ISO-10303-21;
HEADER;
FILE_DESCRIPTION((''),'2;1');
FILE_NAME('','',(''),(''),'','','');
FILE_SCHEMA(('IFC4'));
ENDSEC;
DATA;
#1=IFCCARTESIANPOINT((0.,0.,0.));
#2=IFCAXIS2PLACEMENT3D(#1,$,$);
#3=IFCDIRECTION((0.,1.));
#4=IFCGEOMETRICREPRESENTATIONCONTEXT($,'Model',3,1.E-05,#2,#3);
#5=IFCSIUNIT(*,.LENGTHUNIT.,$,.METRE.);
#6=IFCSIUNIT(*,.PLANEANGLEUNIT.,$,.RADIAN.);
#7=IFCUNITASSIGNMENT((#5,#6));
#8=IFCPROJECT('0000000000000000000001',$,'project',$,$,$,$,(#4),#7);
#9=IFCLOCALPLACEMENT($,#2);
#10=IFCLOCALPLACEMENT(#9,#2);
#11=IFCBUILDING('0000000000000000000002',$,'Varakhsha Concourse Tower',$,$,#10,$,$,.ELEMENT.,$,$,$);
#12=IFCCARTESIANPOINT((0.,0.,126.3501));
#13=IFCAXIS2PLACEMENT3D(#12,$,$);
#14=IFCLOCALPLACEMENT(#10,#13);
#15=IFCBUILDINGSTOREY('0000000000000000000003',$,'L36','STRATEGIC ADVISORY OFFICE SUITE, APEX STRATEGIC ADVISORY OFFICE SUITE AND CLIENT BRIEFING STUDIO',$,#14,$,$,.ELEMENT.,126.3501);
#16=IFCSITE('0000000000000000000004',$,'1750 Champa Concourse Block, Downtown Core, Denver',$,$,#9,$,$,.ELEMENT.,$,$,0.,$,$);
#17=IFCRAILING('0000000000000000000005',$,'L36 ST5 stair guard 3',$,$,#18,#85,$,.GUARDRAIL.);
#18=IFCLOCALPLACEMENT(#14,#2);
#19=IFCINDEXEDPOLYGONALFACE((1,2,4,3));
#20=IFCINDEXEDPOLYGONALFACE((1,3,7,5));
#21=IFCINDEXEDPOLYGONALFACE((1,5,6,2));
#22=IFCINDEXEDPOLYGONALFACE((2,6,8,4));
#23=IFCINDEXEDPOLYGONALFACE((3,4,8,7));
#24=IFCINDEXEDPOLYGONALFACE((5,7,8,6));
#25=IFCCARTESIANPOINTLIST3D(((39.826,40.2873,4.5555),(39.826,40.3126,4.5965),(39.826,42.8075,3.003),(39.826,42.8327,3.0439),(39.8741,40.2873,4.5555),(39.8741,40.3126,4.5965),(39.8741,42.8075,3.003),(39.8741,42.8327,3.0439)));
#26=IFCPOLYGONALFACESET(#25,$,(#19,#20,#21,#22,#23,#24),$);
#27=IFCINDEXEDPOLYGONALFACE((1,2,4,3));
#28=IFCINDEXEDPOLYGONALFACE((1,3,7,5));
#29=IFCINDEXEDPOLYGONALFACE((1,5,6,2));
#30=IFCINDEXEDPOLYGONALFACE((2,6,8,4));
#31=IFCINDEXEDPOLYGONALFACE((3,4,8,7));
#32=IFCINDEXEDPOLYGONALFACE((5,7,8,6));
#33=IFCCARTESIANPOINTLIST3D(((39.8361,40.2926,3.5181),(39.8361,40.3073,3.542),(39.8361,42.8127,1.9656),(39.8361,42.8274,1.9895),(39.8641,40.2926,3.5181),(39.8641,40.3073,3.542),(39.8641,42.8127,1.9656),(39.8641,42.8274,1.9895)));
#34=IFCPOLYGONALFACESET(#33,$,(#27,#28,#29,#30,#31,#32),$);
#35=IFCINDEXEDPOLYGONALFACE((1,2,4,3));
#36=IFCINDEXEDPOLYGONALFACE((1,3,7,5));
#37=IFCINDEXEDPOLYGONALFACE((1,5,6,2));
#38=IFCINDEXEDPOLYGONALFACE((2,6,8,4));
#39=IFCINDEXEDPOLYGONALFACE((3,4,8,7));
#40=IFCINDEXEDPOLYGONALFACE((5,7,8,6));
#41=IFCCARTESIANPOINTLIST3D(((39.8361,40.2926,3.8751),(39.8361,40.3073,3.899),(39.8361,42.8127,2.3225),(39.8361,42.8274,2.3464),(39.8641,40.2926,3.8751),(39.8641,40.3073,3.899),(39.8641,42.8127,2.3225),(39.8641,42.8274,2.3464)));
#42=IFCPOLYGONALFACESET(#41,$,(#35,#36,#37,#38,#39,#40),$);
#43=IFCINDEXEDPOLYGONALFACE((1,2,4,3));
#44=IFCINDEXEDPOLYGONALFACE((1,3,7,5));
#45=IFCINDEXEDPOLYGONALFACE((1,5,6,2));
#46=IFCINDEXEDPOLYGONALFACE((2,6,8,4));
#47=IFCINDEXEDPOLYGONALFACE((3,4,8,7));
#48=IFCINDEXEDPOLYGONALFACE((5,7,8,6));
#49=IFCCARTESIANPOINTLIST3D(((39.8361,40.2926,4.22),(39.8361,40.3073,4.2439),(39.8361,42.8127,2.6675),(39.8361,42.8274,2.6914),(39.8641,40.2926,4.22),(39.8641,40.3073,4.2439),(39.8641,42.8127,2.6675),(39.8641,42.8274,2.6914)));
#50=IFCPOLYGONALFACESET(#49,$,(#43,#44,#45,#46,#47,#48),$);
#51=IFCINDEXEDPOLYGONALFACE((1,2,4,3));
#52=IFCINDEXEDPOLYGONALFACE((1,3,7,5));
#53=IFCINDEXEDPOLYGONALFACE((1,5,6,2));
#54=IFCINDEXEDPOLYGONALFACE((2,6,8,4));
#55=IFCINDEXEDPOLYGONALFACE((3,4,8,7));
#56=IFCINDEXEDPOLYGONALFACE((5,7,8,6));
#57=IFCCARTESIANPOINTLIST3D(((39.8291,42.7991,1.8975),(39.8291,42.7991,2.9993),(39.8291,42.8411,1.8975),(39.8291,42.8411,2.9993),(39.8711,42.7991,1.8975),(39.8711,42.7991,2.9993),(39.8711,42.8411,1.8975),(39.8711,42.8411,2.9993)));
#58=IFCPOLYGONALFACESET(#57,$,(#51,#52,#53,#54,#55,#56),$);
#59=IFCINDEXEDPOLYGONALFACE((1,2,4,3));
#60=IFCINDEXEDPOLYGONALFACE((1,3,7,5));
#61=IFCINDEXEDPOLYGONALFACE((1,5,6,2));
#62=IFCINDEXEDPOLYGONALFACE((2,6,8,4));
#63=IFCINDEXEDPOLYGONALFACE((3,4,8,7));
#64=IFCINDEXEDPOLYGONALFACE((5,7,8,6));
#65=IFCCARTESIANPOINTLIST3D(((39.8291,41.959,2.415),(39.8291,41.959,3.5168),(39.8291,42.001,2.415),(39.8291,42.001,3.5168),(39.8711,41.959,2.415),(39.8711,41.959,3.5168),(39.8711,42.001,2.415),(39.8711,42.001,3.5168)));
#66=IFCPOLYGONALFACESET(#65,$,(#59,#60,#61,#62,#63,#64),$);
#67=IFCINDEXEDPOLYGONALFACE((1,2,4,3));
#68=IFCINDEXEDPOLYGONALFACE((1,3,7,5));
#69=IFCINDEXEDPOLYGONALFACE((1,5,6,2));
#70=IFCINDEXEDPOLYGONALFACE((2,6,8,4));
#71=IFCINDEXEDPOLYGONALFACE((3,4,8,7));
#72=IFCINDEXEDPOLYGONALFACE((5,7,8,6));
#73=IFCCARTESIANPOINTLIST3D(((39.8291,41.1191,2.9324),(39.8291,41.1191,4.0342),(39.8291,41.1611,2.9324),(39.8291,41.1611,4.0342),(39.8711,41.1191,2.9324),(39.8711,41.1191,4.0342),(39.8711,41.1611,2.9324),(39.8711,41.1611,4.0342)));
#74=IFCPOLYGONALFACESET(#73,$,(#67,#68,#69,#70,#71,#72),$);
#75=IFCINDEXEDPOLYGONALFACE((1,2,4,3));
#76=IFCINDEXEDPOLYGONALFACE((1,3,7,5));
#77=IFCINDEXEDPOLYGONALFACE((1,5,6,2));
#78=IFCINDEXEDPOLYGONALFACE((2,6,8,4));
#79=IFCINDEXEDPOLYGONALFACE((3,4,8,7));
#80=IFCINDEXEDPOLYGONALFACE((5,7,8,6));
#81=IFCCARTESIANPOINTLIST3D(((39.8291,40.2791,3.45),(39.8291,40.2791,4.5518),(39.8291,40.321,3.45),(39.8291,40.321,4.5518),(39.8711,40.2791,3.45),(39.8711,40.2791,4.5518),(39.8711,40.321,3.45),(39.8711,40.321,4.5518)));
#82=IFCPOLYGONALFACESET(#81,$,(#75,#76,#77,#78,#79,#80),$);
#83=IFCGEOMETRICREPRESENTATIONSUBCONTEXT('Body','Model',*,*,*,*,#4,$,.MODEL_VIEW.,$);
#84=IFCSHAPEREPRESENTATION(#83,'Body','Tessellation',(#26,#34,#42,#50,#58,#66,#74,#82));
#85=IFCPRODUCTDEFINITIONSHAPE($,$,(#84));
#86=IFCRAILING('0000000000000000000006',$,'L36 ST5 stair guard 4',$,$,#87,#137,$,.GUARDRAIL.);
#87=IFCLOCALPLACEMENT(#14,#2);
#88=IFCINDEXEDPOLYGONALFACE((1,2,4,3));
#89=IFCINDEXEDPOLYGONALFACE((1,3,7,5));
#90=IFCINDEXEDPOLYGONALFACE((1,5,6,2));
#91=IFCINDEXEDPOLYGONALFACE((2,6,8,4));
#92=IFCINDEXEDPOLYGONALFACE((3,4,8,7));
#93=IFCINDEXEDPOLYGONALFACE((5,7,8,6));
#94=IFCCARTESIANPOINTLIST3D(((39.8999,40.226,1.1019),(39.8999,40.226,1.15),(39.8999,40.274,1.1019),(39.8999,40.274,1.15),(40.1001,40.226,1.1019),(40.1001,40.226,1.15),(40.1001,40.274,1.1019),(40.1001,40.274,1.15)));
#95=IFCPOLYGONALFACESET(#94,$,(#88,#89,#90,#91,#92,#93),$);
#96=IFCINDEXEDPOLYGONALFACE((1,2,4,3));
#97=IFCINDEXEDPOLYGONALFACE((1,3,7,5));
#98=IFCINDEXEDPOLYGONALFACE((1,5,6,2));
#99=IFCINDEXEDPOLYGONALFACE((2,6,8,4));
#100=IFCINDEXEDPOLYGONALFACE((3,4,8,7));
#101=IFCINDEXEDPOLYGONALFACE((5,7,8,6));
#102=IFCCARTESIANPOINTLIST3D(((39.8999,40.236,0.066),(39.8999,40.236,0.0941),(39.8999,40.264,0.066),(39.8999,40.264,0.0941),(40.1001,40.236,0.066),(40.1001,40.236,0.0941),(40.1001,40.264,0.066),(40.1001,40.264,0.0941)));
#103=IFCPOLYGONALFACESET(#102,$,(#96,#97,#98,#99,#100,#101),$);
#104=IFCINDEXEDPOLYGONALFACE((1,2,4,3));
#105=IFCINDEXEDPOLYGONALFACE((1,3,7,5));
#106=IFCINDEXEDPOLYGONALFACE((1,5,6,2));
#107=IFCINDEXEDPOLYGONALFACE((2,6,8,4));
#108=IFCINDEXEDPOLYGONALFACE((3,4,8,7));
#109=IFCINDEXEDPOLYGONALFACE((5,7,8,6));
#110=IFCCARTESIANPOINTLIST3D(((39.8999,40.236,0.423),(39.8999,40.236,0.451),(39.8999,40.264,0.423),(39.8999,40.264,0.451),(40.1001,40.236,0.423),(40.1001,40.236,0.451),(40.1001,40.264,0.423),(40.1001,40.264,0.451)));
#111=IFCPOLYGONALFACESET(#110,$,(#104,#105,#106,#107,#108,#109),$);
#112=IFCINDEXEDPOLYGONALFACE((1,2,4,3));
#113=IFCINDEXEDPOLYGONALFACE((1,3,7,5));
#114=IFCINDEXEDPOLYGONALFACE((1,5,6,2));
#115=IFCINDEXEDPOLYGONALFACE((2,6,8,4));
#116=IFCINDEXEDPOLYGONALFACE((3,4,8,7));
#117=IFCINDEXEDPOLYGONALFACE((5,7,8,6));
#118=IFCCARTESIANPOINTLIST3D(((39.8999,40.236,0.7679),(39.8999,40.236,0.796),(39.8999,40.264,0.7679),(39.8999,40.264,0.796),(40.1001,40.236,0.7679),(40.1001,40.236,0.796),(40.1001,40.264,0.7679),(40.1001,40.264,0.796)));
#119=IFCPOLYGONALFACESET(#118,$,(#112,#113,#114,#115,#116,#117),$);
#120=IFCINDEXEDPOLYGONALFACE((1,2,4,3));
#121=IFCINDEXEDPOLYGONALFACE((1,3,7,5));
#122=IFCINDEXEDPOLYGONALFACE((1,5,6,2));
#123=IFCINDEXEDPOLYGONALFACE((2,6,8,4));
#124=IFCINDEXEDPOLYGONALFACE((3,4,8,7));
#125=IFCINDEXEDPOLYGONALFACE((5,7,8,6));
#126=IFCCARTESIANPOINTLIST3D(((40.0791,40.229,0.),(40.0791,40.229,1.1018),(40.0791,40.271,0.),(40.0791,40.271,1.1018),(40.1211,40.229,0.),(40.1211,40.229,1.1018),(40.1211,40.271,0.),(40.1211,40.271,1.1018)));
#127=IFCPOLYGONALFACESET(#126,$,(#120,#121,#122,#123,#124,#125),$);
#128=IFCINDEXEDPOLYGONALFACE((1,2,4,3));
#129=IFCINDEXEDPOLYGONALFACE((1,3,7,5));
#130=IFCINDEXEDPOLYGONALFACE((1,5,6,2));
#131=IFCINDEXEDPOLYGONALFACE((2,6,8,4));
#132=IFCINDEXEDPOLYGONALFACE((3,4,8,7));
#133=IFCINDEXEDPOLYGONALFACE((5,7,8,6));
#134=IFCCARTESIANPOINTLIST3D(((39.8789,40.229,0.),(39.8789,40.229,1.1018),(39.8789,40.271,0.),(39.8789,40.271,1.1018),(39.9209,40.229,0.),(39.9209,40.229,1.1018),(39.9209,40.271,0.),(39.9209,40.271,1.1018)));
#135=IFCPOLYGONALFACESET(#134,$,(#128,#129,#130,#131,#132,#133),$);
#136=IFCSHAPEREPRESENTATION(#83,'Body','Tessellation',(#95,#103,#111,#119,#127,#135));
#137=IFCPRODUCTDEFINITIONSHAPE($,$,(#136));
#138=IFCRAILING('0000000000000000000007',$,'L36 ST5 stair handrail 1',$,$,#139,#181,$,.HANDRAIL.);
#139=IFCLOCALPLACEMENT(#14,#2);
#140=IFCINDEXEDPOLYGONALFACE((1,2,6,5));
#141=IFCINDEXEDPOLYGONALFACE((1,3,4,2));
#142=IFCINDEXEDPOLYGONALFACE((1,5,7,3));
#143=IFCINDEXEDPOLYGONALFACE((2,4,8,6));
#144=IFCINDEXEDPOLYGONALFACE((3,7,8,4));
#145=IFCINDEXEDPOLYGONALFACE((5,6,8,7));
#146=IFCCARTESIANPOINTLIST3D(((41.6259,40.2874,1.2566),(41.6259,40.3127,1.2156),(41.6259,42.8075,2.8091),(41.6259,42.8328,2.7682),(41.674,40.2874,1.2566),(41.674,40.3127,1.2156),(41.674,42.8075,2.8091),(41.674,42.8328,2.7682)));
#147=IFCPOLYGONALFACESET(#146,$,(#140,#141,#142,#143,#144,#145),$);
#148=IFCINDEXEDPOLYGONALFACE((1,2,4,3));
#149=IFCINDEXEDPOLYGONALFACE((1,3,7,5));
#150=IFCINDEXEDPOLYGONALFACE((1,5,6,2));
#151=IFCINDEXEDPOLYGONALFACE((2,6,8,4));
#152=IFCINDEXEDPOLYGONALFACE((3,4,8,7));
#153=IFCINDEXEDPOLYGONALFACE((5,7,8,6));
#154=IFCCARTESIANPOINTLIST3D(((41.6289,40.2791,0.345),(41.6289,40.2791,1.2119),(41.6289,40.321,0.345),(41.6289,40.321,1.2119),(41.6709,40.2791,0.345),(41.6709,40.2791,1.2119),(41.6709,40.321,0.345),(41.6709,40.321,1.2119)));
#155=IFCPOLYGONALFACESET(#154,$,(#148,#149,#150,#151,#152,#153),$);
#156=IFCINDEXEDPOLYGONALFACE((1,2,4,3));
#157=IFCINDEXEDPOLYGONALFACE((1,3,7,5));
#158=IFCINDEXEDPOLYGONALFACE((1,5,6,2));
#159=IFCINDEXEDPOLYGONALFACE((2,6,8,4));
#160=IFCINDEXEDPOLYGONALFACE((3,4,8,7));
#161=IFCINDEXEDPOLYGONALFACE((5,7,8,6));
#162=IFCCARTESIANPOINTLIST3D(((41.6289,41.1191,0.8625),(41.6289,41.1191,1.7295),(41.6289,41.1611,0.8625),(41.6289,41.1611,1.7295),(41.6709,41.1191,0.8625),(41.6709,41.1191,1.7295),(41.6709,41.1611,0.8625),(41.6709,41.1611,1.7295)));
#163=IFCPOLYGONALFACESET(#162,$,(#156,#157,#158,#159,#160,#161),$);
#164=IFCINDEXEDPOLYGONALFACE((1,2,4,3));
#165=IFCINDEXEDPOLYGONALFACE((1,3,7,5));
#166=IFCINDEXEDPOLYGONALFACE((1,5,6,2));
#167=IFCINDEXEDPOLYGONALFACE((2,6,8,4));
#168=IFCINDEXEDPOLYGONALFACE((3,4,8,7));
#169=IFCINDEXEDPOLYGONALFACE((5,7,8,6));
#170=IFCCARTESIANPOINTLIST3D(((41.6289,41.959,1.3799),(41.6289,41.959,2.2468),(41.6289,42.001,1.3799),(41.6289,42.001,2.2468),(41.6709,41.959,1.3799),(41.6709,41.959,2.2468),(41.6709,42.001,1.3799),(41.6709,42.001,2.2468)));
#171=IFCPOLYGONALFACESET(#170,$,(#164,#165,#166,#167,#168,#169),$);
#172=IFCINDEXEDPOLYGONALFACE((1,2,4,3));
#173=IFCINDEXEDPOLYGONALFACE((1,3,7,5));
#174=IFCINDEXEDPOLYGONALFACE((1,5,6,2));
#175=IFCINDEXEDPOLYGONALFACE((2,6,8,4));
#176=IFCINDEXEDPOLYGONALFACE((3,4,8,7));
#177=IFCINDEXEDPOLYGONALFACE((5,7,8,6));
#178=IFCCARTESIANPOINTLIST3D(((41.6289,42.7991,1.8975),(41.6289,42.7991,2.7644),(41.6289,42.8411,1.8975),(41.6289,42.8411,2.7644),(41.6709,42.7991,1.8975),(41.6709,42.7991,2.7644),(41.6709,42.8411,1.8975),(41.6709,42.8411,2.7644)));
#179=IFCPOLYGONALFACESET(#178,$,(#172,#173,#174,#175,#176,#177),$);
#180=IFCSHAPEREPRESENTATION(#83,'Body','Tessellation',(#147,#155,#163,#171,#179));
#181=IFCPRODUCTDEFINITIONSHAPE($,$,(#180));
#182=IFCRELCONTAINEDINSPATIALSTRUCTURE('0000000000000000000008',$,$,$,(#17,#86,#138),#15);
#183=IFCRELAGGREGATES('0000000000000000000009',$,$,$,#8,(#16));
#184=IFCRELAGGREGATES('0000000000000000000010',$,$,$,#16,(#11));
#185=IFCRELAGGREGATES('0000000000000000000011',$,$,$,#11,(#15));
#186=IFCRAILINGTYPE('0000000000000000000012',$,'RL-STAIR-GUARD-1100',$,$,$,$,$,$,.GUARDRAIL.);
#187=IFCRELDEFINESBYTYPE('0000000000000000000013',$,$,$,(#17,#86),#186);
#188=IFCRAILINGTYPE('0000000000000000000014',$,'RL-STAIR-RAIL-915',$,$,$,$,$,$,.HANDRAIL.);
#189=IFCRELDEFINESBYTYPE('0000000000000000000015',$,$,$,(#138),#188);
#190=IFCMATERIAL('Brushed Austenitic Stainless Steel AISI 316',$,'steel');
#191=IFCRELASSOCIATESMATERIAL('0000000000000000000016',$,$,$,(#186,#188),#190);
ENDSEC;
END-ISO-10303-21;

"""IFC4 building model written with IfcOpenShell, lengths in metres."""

from ifc_helpers import new_model, si_unit, direction, frame, origin, origin_2d, place, context, subcontext, project, spatial, rectangle, extrude, material, type_object, element, save


model = new_model("IFC4")

# Units and contexts
model_context = context("Model", 3, precision=1e-05, world=origin(), true_north=direction((0.0, 1.0)))
body_context = subcontext(model_context, "Body", "Model", "MODEL_VIEW")
ifc_project = project(units=[si_unit("LENGTHUNIT", "METRE"), si_unit("PLANEANGLEUNIT", "RADIAN")], contexts=[model_context])

# Site, building, storey
site_placement = place(None, origin())
site = spatial("IfcSite", under=ifc_project, at=site_placement, Name="1750 Champa Concourse Block, Downtown Core, Denver", CompositionType="ELEMENT", RefElevation=0.0)
building_placement = place(site_placement, origin())
building = spatial("IfcBuilding", under=site, at=building_placement, Name="Varakhsha Concourse Tower", CompositionType="ELEMENT")
storey_placement = place(building_placement, frame((0.0, 0.0, 126.3501)))
storey = spatial("IfcBuildingStorey", under=building, at=storey_placement, Name="L36", Description="STRATEGIC ADVISORY OFFICE SUITE, APEX STRATEGIC ADVISORY OFFICE SUITE AND CLIENT BRIEFING STUDIO", CompositionType="ELEMENT", Elevation=126.3501)

# Railings
ifc_material_1 = material(Name="Brushed Austenitic Stainless Steel AISI 316", Category="steel")
railing_type_1 = type_object("IfcRailingType", Name="RL-STAIR-GUARD-1100", PredefinedType="GUARDRAIL", material=ifc_material_1)
railing_1_placement = place(storey_placement, frame((39.8501, 42.8201, 1.8975)))
element("IfcRailing", 1, at=railing_1_placement, inside=storey, type_object=railing_type_1, Name="L36 ST5 stair guard 3", PredefinedType="GUARDRAIL", context=body_context, shape_type="SweptSolid", body=[
    extrude(rectangle(XDim=0.0481, YDim=0.0481, at=origin_2d()), frame((0.0, 0.0, 1.126), z_axis=(0.0, -0.8514, 0.524516), x_axis=(1.0, 0.0, 0.0)), (0.0, 0.0, 1.0), 2.96),
    extrude(rectangle(XDim=0.0281, YDim=0.0281, at=origin_2d()), frame((0.0, 0.0, 0.0801), z_axis=(0.0, -0.8514, 0.524516), x_axis=(1.0, 0.0, 0.0)), (0.0, 0.0, 1.0), 2.96),
    extrude(rectangle(XDim=0.0281, YDim=0.0281, at=origin_2d()), frame((0.0, 0.0, 0.437), z_axis=(0.0, -0.8514, 0.524516), x_axis=(1.0, 0.0, 0.0)), (0.0, 0.0, 1.0), 2.96),
    extrude(rectangle(XDim=0.0281, YDim=0.0281, at=origin_2d()), frame((0.0, 0.0, 0.782), z_axis=(0.0, -0.8514, 0.524516), x_axis=(1.0, 0.0, 0.0)), (0.0, 0.0, 1.0), 2.96),
    extrude(rectangle(XDim=0.042, YDim=0.042, at=origin_2d()), origin(), (0.0, 0.0, 1.0), 1.1018),
    extrude(rectangle(XDim=0.042, YDim=0.042, at=origin_2d()), frame((0.0, -0.8401, 0.5176)), (0.0, 0.0, 1.0), 1.1018),
    extrude(rectangle(XDim=0.042, YDim=0.042, at=origin_2d()), frame((0.0, -1.6799, 1.0349)), (0.0, 0.0, 1.0), 1.1018),
    extrude(rectangle(XDim=0.042, YDim=0.042, at=origin_2d()), frame((0.0, -2.52, 1.5525)), (0.0, 0.0, 1.0), 1.1018),
])
railing_2_placement = place(storey_placement, frame((40.1001, 40.25, 0.0)))
element("IfcRailing", 2, at=railing_2_placement, inside=storey, type_object=railing_type_1, Name="L36 ST5 stair guard 4", PredefinedType="GUARDRAIL", context=body_context, shape_type="SweptSolid", body=[
    extrude(rectangle(XDim=0.0481, YDim=0.0481, at=origin_2d()), frame((0.0, 0.0, 1.126), z_axis=(-1.0, 0.0, 0.0), x_axis=(0.0, -1.0, 0.0)), (0.0, 0.0, 1.0), 0.2002),
    extrude(rectangle(XDim=0.0281, YDim=0.0281, at=origin_2d()), frame((0.0, 0.0, 0.0801), z_axis=(-1.0, 0.0, 0.0), x_axis=(0.0, -1.0, 0.0)), (0.0, 0.0, 1.0), 0.2002),
    extrude(rectangle(XDim=0.0281, YDim=0.0281, at=origin_2d()), frame((0.0, 0.0, 0.437), z_axis=(-1.0, 0.0, 0.0), x_axis=(0.0, -1.0, 0.0)), (0.0, 0.0, 1.0), 0.2002),
    extrude(rectangle(XDim=0.0281, YDim=0.0281, at=origin_2d()), frame((0.0, 0.0, 0.782), z_axis=(-1.0, 0.0, 0.0), x_axis=(0.0, -1.0, 0.0)), (0.0, 0.0, 1.0), 0.2002),
    extrude(rectangle(XDim=0.042, YDim=0.042, at=origin_2d()), origin(), (0.0, 0.0, 1.0), 1.1018),
    extrude(rectangle(XDim=0.042, YDim=0.042, at=origin_2d()), frame((-0.2002, 0.0, 0.0)), (0.0, 0.0, 1.0), 1.1018),
])
railing_type_2 = type_object("IfcRailingType", Name="RL-STAIR-RAIL-915", PredefinedType="HANDRAIL", material=ifc_material_1)
railing_3_placement = place(storey_placement, frame((41.6499, 40.3, 0.345)))
element("IfcRailing", 3, at=railing_3_placement, inside=storey, type_object=railing_type_2, Name="L36 ST5 stair handrail 1", PredefinedType="HANDRAIL", context=body_context, shape_type="SweptSolid", body=[
    extrude(rectangle(XDim=0.0481, YDim=0.0481, at=origin_2d()), frame((0.0, 0.0, 0.8911), z_axis=(0.0, 0.8514, 0.524516), x_axis=(-1.0, 0.0, 0.0)), (0.0, 0.0, 1.0), 2.96),
    extrude(rectangle(XDim=0.042, YDim=0.042, at=origin_2d()), origin(), (0.0, 0.0, 1.0), 0.8669),
    extrude(rectangle(XDim=0.042, YDim=0.042, at=origin_2d()), frame((0.0, 0.8401, 0.5176)), (0.0, 0.0, 1.0), 0.8669),
    extrude(rectangle(XDim=0.042, YDim=0.042, at=origin_2d()), frame((0.0, 1.6799, 1.0349)), (0.0, 0.0, 1.0), 0.8669),
    extrude(rectangle(XDim=0.042, YDim=0.042, at=origin_2d()), frame((0.0, 2.52, 1.5525)), (0.0, 0.0, 1.0), 0.8669),
])

save(model, "model.ifc")
